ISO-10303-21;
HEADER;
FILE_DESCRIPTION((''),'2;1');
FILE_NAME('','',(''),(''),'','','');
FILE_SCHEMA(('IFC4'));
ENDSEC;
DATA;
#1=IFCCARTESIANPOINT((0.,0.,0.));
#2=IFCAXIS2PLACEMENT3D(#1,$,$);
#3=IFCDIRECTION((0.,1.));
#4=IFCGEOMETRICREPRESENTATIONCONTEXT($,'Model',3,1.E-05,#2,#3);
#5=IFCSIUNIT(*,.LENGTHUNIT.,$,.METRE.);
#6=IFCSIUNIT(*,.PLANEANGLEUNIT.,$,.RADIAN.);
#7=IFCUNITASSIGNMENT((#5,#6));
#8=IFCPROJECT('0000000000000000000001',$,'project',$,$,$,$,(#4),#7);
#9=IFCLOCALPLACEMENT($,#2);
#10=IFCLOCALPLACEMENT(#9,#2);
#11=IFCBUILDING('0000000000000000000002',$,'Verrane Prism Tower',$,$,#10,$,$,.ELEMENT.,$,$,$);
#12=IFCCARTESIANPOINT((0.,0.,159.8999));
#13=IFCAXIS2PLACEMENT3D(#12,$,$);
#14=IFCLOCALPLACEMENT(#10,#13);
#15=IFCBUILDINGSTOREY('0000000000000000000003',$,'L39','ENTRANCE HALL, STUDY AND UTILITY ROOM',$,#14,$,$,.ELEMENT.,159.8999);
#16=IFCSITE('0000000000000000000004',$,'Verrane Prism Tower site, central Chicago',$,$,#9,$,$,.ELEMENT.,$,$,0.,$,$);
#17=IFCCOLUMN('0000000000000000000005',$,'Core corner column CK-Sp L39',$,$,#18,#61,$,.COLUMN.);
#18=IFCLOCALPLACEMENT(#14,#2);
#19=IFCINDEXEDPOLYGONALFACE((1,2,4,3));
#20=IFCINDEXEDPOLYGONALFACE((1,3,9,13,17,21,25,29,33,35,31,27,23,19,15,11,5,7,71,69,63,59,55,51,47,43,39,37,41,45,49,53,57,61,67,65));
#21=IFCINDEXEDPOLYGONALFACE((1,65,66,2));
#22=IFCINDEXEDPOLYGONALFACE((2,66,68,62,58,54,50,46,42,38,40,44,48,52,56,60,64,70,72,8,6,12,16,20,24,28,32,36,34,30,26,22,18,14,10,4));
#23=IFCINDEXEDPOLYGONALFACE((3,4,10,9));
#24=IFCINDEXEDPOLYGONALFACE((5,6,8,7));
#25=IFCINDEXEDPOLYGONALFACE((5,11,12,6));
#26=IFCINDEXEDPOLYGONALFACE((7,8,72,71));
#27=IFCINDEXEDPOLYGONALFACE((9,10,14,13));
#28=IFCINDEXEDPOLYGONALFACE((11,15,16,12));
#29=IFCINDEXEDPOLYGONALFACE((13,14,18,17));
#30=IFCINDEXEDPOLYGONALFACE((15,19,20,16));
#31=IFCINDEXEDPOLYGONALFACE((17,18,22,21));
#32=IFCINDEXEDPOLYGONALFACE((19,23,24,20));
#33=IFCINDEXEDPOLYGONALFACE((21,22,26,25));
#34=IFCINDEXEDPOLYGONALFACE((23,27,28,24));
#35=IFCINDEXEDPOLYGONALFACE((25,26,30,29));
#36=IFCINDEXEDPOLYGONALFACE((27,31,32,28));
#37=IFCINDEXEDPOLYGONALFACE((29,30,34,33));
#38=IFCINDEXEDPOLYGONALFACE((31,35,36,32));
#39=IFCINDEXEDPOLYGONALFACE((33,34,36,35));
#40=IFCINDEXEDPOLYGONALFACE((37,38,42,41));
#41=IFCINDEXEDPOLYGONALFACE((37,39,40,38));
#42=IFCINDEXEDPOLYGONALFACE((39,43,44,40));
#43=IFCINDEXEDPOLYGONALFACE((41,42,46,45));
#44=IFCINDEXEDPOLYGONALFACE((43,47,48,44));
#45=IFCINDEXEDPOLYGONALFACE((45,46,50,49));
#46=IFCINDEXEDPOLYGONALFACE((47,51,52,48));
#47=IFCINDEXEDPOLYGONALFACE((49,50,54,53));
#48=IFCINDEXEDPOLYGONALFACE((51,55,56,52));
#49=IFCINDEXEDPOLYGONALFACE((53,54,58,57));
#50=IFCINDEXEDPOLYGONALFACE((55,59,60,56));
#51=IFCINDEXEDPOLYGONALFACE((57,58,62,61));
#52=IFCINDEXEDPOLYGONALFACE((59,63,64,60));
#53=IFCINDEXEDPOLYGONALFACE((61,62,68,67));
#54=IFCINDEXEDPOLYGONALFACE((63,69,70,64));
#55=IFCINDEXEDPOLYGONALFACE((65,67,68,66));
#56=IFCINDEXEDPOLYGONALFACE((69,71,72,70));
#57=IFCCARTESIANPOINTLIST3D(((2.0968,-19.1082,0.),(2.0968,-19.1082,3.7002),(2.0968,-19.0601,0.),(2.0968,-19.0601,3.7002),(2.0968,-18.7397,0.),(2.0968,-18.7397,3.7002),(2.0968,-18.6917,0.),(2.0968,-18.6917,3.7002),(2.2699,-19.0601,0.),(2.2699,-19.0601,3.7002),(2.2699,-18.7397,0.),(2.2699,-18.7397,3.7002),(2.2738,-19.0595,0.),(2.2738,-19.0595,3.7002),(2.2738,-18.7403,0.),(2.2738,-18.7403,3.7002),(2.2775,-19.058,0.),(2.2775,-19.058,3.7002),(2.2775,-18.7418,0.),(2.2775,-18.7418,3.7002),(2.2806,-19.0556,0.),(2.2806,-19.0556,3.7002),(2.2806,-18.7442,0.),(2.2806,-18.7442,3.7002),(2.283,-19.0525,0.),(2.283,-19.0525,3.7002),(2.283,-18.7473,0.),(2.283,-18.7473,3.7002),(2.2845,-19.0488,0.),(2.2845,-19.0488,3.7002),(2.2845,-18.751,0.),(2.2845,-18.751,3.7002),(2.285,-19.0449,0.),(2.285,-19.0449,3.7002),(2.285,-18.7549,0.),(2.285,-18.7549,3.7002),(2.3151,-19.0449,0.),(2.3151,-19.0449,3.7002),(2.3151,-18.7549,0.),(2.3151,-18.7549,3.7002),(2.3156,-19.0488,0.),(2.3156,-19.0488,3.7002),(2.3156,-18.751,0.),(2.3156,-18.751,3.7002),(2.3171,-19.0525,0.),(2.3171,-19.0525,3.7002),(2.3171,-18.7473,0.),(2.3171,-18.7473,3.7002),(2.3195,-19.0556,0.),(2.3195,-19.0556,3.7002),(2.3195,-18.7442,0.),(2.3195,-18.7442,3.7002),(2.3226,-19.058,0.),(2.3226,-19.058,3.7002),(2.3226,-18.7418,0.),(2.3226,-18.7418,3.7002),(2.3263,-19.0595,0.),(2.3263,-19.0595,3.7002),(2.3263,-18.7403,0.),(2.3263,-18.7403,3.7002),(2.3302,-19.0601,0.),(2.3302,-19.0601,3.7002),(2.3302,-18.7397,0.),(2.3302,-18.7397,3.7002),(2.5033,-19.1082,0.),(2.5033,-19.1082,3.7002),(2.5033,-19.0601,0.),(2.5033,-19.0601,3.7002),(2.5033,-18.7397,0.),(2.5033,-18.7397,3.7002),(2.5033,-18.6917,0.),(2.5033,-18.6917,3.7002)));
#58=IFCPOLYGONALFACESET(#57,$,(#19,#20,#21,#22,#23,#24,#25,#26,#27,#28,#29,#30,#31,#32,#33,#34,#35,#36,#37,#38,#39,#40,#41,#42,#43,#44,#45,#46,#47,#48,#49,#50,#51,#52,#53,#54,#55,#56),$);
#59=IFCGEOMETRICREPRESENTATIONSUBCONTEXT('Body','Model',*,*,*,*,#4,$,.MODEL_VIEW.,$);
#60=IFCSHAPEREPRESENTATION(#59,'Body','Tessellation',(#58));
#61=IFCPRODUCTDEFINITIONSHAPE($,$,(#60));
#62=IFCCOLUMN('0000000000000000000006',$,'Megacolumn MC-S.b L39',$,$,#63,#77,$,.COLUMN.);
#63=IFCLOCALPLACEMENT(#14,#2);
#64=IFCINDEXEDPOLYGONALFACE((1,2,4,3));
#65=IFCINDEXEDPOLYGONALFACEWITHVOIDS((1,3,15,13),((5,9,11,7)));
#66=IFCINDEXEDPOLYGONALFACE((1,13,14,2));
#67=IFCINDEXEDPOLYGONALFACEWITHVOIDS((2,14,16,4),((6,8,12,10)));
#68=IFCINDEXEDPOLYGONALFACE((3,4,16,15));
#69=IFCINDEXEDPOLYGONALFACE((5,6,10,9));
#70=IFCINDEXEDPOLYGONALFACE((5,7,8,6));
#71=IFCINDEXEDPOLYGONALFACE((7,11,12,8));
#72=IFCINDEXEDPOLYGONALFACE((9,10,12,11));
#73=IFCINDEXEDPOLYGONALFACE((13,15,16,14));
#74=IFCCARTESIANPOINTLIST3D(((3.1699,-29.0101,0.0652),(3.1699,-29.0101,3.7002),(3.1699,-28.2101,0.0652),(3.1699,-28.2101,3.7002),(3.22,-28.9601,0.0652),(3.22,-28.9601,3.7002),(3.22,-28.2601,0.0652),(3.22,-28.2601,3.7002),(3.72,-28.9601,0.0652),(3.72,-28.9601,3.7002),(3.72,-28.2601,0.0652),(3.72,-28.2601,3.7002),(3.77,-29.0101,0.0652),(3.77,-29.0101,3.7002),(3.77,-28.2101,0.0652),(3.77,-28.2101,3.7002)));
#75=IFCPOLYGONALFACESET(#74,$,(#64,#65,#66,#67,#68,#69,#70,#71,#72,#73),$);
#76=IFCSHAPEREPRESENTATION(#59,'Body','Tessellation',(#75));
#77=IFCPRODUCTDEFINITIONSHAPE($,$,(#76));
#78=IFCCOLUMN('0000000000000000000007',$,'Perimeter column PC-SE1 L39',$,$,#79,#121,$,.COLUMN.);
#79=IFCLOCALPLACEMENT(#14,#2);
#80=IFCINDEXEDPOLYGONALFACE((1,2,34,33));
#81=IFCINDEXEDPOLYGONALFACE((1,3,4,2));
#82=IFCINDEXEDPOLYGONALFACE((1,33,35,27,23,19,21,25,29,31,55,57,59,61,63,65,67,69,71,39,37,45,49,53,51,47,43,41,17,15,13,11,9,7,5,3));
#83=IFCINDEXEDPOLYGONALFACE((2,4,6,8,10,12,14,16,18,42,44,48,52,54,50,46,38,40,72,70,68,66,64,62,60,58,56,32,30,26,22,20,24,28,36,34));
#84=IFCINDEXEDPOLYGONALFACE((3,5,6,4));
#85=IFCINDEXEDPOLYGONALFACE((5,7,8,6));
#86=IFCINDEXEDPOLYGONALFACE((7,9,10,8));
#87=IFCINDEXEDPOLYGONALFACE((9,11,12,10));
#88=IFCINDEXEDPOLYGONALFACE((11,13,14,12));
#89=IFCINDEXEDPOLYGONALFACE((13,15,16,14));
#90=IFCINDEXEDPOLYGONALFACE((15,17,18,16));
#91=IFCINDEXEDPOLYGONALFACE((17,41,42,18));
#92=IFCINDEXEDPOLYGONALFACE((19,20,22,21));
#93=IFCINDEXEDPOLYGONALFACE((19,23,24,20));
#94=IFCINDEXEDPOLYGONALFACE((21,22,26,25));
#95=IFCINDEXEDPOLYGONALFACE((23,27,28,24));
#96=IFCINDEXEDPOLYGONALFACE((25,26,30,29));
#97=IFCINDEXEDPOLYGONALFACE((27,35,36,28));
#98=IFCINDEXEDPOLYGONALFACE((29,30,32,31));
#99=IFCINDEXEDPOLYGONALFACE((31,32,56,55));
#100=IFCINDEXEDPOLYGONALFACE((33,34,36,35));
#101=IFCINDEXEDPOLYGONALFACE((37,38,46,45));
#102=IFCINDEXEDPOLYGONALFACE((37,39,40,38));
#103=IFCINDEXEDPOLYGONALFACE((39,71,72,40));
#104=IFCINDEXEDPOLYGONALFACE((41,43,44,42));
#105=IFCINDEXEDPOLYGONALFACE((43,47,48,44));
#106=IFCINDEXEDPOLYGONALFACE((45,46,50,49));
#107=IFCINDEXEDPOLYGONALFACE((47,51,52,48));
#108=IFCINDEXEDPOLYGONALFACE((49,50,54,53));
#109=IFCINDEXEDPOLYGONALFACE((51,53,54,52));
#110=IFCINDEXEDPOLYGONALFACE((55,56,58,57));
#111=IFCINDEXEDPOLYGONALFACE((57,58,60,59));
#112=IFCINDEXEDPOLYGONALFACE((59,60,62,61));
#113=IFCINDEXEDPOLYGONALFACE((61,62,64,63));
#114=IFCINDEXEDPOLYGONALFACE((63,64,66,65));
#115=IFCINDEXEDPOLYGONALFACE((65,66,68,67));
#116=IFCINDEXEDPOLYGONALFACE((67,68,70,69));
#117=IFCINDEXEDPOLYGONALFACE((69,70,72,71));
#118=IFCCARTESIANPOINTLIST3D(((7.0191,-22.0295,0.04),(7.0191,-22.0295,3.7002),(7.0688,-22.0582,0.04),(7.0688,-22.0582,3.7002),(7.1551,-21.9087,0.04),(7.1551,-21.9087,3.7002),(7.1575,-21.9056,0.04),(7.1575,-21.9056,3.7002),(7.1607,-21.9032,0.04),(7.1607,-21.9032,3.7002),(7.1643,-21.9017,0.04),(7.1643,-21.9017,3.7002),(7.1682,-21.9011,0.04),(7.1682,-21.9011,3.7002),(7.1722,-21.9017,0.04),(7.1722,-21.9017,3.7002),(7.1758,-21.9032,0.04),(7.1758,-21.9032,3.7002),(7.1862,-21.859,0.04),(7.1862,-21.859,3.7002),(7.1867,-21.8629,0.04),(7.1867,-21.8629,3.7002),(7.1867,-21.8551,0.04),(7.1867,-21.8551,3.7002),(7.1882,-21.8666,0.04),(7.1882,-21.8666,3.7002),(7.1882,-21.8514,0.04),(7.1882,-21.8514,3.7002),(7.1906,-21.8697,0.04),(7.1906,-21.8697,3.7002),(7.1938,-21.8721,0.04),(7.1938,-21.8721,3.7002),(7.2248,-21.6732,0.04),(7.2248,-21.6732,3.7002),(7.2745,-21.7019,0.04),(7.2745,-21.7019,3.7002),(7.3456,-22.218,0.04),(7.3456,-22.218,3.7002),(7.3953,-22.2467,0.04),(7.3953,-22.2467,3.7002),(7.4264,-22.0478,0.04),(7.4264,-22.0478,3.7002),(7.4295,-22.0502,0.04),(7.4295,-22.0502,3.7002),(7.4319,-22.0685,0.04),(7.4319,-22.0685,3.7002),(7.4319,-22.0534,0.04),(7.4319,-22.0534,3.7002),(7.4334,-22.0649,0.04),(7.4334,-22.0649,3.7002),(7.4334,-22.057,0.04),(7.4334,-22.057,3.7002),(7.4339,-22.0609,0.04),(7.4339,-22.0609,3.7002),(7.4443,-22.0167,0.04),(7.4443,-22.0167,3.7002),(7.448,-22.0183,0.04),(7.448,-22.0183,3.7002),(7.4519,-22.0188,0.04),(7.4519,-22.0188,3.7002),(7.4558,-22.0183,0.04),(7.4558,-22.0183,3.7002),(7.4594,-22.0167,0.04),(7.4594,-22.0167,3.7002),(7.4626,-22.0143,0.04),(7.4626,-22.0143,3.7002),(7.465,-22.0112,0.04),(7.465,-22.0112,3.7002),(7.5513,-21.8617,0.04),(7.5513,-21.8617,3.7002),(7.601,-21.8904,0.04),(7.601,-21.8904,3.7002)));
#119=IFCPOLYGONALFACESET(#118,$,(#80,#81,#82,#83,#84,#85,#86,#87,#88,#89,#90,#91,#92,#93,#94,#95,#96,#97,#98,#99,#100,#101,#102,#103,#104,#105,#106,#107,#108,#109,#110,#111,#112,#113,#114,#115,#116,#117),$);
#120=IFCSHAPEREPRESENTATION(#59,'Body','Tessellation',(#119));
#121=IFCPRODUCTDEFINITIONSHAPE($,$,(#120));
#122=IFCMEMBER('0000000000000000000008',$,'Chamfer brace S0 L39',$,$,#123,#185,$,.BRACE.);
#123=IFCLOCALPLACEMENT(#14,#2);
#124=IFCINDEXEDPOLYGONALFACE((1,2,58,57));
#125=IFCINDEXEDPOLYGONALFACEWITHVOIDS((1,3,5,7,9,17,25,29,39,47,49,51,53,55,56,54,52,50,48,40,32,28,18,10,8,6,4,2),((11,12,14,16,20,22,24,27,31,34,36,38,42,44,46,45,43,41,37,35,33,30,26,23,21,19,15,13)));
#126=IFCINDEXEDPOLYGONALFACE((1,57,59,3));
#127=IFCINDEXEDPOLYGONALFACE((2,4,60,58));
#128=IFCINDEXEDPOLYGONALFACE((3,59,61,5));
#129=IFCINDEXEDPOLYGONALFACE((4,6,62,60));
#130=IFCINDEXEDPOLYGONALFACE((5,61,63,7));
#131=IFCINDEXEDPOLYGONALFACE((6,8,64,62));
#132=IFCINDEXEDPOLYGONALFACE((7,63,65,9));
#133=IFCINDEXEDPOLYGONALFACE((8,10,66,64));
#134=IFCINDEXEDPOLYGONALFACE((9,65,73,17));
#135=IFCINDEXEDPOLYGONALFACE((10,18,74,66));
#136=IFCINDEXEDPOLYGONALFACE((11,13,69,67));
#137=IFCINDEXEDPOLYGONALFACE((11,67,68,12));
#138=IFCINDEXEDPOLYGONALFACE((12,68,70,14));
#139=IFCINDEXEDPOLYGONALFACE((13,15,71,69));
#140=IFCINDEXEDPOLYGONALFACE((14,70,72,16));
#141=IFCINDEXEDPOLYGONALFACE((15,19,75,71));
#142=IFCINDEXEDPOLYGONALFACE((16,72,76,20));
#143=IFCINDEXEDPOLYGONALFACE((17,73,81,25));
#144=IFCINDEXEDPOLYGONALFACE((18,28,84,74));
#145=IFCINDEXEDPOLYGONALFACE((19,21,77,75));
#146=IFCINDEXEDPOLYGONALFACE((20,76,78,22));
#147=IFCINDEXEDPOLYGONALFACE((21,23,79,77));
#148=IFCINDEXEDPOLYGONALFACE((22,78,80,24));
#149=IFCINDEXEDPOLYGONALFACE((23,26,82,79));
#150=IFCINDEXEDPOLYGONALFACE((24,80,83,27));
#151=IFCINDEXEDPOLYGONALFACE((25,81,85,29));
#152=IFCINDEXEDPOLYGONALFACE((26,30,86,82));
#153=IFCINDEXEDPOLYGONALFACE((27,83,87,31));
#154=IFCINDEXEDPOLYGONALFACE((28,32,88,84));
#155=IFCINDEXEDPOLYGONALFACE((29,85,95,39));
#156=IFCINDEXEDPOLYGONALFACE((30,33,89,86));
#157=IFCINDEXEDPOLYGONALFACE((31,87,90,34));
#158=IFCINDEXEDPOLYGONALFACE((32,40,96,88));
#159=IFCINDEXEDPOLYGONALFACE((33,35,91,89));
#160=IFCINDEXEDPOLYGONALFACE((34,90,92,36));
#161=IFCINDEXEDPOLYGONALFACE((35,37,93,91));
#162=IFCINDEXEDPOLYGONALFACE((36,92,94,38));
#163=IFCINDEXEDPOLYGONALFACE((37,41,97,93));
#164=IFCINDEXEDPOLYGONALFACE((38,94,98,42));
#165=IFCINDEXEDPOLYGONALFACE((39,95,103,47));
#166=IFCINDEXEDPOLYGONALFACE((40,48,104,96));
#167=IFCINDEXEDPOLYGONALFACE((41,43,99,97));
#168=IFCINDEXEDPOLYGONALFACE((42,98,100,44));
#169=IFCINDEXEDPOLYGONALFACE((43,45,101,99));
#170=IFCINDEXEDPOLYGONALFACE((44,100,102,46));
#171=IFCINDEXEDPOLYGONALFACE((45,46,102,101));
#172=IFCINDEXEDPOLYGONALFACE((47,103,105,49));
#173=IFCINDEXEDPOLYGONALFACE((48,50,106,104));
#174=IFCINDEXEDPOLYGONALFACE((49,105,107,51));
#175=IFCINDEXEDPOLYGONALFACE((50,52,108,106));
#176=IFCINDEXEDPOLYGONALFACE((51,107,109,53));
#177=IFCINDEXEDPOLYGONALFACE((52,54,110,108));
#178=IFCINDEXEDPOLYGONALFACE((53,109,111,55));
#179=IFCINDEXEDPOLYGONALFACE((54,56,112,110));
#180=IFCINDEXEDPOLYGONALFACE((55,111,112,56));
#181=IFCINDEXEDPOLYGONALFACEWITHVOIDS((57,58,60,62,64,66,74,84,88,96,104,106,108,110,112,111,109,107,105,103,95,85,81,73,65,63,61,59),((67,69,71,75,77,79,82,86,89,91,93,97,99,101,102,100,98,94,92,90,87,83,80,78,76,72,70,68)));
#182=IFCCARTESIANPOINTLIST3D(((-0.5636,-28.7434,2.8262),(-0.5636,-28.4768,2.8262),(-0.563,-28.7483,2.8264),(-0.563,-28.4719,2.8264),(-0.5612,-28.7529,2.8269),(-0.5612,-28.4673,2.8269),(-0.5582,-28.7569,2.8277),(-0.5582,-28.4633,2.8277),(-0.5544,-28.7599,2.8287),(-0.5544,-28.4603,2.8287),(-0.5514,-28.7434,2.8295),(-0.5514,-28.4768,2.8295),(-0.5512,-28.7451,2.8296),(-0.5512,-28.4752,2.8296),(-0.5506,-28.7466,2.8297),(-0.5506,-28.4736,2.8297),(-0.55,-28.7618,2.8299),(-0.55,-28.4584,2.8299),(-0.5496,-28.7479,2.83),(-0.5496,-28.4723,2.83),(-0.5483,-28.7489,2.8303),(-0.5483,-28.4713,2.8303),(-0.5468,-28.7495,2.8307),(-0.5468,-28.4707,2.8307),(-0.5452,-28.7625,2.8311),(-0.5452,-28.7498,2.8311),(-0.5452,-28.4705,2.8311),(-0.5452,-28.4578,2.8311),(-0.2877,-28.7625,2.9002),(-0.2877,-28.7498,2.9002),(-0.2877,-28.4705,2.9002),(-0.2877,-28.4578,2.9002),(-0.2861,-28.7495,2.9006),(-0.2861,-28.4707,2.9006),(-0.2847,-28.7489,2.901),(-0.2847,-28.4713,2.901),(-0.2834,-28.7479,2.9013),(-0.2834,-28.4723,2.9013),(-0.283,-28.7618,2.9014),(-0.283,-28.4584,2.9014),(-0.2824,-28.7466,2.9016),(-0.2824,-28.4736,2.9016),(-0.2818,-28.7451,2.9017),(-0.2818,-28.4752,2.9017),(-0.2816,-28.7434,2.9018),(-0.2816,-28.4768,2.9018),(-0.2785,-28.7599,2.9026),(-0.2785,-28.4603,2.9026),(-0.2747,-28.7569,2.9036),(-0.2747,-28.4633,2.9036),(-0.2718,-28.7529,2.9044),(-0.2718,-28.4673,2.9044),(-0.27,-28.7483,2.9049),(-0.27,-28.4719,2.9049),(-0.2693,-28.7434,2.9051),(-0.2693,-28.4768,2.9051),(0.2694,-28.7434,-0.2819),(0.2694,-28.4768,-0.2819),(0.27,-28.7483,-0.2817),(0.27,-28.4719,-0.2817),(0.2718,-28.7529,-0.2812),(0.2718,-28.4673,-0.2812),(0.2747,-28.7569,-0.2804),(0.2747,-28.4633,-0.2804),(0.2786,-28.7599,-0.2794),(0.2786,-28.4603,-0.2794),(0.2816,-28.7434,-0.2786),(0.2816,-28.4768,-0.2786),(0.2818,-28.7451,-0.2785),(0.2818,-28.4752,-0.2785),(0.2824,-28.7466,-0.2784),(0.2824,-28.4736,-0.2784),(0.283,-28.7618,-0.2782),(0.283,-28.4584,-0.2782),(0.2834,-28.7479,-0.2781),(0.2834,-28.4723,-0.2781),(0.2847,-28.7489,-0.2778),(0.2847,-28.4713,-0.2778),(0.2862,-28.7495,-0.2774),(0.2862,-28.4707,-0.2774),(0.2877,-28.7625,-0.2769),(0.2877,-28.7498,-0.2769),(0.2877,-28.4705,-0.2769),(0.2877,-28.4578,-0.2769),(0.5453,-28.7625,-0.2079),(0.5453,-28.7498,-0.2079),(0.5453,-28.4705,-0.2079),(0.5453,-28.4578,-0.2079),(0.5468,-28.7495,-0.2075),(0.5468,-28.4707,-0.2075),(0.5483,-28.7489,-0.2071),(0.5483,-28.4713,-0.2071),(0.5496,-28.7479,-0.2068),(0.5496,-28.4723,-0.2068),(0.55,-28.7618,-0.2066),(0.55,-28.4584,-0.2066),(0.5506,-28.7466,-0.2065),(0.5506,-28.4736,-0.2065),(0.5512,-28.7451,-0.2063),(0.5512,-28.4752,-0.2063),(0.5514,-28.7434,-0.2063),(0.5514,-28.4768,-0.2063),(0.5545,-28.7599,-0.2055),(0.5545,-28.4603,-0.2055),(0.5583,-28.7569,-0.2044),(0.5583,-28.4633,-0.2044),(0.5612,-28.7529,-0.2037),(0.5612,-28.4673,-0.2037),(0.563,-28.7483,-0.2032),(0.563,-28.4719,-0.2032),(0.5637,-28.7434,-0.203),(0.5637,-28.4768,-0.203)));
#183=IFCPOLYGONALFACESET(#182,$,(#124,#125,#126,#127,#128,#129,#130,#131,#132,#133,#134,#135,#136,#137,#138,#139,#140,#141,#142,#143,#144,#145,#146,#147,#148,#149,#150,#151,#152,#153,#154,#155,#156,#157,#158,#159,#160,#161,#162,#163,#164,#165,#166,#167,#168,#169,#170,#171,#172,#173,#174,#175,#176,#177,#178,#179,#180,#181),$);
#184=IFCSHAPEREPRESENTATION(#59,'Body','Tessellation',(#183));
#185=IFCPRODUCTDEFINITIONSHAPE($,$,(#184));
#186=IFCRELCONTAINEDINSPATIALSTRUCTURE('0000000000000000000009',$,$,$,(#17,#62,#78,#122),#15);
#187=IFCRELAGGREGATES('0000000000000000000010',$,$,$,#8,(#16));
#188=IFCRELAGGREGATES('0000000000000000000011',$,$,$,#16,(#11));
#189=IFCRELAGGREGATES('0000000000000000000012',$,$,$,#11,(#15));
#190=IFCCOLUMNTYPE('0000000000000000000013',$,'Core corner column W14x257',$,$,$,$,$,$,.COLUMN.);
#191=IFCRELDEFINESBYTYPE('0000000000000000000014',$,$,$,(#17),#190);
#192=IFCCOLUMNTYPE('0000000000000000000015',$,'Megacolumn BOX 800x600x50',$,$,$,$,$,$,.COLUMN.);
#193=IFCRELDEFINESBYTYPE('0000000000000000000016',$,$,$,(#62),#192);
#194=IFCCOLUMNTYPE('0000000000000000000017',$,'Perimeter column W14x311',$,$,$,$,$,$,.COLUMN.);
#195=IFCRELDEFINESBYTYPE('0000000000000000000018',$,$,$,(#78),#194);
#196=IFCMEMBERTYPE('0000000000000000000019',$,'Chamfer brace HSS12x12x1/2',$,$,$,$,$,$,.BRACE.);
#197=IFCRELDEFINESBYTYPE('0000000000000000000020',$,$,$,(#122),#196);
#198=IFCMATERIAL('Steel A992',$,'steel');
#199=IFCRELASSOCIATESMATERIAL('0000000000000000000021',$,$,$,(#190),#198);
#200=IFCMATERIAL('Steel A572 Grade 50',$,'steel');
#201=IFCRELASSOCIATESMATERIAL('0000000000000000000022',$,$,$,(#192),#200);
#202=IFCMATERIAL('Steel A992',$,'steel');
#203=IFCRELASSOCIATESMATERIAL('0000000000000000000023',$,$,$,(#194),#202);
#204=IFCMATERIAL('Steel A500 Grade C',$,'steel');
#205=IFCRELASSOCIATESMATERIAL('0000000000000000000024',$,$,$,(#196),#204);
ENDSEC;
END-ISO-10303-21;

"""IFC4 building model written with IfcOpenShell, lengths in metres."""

from ifc_helpers import new_model, si_unit, direction, frame, origin, origin_2d, place, context, subcontext, project, spatial, hollow_rectangle, i_section, extrude, material, material_profile, profile_set, type_object, element, save


model = new_model("IFC4")

# Units and contexts
model_context = context("Model", 3, precision=1e-05, world=origin(), true_north=direction((0.0, 1.0)))
body_context = subcontext(model_context, "Body", "Model", "MODEL_VIEW")
ifc_project = project(units=[si_unit("LENGTHUNIT", "METRE"), si_unit("PLANEANGLEUNIT", "RADIAN")], contexts=[model_context])

# Site, building, storey
site_placement = place(None, origin())
site = spatial("IfcSite", under=ifc_project, at=site_placement, Name="Verrane Prism Tower site, central Chicago", CompositionType="ELEMENT", RefElevation=0.0)
building_placement = place(site_placement, origin())
building = spatial("IfcBuilding", under=site, at=building_placement, Name="Verrane Prism Tower", CompositionType="ELEMENT")
storey_placement = place(building_placement, frame((0.0, 0.0, 159.8999)))
storey = spatial("IfcBuildingStorey", under=building, at=storey_placement, Name="L39", Description="ENTRANCE HALL, STUDY AND UTILITY ROOM", CompositionType="ELEMENT", Elevation=159.8999)

# Columns
ifc_material_1 = material(Name="Steel A992", Category="steel")
ifc_material_profile_1 = material_profile(ifc_material_1, i_section(OverallWidth=0.4065, OverallDepth=0.4165, WebThickness=0.03, FlangeThickness=0.0481, FilletRadius=0.0151, at=origin_2d()), Name="W14x257")
ifc_profile_set_1 = profile_set([ifc_material_profile_1], Name="Steel A992")
column_type_1 = type_object("IfcColumnType", Name="Core corner column W14x257", PredefinedType="COLUMN", material=ifc_profile_set_1)
column_1_placement = place(storey_placement, frame((2.3, -18.8999, 0.0), z_axis=(0.0, 0.0, 1.0), x_axis=(-1.0, 0.0, 0.0)))
element("IfcColumn", 1, at=column_1_placement, inside=storey, type_object=column_type_1, Name="Core corner column CK-Sp L39", PredefinedType="COLUMN", context=body_context, shape_type="SweptSolid", body=[
    extrude(i_section(OverallWidth=0.4065, OverallDepth=0.4165, WebThickness=0.03, FlangeThickness=0.0481, FilletRadius=0.0151, at=origin_2d()), origin(), (0.0, 0.0, 1.0), 3.7002),
])
ifc_material_2 = material(Name="Steel A572 Grade 50", Category="steel")
ifc_material_profile_2 = material_profile(ifc_material_2, hollow_rectangle(XDim=0.6001, YDim=0.8, WallThickness=0.05, at=origin_2d()), Name="BOX 800x600x50")
ifc_profile_set_2 = profile_set([ifc_material_profile_2], Name="Steel A572 Grade 50")
column_type_2 = type_object("IfcColumnType", Name="Megacolumn BOX 800x600x50", PredefinedType="COLUMN", material=ifc_profile_set_2)
column_2_placement = place(storey_placement, frame((3.47, -28.6101, 0.0652), z_axis=(0.0, 0.0, 1.0), x_axis=(-1.0, 0.0, 0.0)))
element("IfcColumn", 2, at=column_2_placement, inside=storey, type_object=column_type_2, Name="Megacolumn MC-S.b L39", PredefinedType="COLUMN", context=body_context, shape_type="SweptSolid", body=[
    extrude(hollow_rectangle(XDim=0.6001, YDim=0.8, WallThickness=0.05, at=origin_2d()), origin(), (0.0, 0.0, 1.0), 3.635),
])
ifc_material_3 = material(Name="Steel A992", Category="steel")
ifc_material_profile_3 = material_profile(ifc_material_3, i_section(OverallWidth=0.4114, OverallDepth=0.4343, WebThickness=0.0359, FlangeThickness=0.0574, FilletRadius=0.0151, at=origin_2d()), Name="W14x311")
ifc_profile_set_3 = profile_set([ifc_material_profile_3], Name="Steel A992")
column_type_3 = type_object("IfcColumnType", Name="Perimeter column W14x311", PredefinedType="COLUMN", material=ifc_profile_set_3)
column_3_placement = place(storey_placement, frame((7.3101, -21.96, 0.04), z_axis=(0.0, 0.0, 1.0), x_axis=(-0.5, -0.866025, 0.0)))
element("IfcColumn", 3, at=column_3_placement, inside=storey, type_object=column_type_3, Name="Perimeter column PC-SE1 L39", PredefinedType="COLUMN", context=body_context, shape_type="SweptSolid", body=[
    extrude(i_section(OverallWidth=0.4114, OverallDepth=0.4343, WebThickness=0.0359, FlangeThickness=0.0574, FilletRadius=0.0151, at=origin_2d()), origin(), (0.0, 0.0, 1.0), 3.6602),
])

# Member
ifc_material_4 = material(Name="Steel A500 Grade C", Category="steel")
ifc_material_profile_4 = material_profile(ifc_material_4, hollow_rectangle(XDim=0.3047, YDim=0.3047, WallThickness=0.0127, InnerFilletRadius=0.0063, OuterFilletRadius=0.019, at=origin_2d()), Name="HSS12x12x1/2")
ifc_profile_set_4 = profile_set([ifc_material_profile_4], Name="Steel A500 Grade C")
member_type_1 = type_object("IfcMemberType", Name="Chamfer brace HSS12x12x1/2", PredefinedType="BRACE", material=ifc_profile_set_4)
member_1_placement = place(storey_placement, frame((0.4165, -28.6101, -0.2424), z_axis=(-0.258871, 0.0, 0.965912), x_axis=(0.0, -1.0, 0.0)))
element("IfcMember", 4, at=member_1_placement, inside=storey, type_object=member_type_1, Name="Chamfer brace S0 L39", PredefinedType="BRACE", context=body_context, shape_type="SweptSolid", body=[
    extrude(hollow_rectangle(XDim=0.3047, YDim=0.3047, WallThickness=0.0127, InnerFilletRadius=0.0063, OuterFilletRadius=0.019, at=origin_2d()), origin(), (0.0, 0.0, 1.0), 3.2178),
])

save(model, "model.ifc")
